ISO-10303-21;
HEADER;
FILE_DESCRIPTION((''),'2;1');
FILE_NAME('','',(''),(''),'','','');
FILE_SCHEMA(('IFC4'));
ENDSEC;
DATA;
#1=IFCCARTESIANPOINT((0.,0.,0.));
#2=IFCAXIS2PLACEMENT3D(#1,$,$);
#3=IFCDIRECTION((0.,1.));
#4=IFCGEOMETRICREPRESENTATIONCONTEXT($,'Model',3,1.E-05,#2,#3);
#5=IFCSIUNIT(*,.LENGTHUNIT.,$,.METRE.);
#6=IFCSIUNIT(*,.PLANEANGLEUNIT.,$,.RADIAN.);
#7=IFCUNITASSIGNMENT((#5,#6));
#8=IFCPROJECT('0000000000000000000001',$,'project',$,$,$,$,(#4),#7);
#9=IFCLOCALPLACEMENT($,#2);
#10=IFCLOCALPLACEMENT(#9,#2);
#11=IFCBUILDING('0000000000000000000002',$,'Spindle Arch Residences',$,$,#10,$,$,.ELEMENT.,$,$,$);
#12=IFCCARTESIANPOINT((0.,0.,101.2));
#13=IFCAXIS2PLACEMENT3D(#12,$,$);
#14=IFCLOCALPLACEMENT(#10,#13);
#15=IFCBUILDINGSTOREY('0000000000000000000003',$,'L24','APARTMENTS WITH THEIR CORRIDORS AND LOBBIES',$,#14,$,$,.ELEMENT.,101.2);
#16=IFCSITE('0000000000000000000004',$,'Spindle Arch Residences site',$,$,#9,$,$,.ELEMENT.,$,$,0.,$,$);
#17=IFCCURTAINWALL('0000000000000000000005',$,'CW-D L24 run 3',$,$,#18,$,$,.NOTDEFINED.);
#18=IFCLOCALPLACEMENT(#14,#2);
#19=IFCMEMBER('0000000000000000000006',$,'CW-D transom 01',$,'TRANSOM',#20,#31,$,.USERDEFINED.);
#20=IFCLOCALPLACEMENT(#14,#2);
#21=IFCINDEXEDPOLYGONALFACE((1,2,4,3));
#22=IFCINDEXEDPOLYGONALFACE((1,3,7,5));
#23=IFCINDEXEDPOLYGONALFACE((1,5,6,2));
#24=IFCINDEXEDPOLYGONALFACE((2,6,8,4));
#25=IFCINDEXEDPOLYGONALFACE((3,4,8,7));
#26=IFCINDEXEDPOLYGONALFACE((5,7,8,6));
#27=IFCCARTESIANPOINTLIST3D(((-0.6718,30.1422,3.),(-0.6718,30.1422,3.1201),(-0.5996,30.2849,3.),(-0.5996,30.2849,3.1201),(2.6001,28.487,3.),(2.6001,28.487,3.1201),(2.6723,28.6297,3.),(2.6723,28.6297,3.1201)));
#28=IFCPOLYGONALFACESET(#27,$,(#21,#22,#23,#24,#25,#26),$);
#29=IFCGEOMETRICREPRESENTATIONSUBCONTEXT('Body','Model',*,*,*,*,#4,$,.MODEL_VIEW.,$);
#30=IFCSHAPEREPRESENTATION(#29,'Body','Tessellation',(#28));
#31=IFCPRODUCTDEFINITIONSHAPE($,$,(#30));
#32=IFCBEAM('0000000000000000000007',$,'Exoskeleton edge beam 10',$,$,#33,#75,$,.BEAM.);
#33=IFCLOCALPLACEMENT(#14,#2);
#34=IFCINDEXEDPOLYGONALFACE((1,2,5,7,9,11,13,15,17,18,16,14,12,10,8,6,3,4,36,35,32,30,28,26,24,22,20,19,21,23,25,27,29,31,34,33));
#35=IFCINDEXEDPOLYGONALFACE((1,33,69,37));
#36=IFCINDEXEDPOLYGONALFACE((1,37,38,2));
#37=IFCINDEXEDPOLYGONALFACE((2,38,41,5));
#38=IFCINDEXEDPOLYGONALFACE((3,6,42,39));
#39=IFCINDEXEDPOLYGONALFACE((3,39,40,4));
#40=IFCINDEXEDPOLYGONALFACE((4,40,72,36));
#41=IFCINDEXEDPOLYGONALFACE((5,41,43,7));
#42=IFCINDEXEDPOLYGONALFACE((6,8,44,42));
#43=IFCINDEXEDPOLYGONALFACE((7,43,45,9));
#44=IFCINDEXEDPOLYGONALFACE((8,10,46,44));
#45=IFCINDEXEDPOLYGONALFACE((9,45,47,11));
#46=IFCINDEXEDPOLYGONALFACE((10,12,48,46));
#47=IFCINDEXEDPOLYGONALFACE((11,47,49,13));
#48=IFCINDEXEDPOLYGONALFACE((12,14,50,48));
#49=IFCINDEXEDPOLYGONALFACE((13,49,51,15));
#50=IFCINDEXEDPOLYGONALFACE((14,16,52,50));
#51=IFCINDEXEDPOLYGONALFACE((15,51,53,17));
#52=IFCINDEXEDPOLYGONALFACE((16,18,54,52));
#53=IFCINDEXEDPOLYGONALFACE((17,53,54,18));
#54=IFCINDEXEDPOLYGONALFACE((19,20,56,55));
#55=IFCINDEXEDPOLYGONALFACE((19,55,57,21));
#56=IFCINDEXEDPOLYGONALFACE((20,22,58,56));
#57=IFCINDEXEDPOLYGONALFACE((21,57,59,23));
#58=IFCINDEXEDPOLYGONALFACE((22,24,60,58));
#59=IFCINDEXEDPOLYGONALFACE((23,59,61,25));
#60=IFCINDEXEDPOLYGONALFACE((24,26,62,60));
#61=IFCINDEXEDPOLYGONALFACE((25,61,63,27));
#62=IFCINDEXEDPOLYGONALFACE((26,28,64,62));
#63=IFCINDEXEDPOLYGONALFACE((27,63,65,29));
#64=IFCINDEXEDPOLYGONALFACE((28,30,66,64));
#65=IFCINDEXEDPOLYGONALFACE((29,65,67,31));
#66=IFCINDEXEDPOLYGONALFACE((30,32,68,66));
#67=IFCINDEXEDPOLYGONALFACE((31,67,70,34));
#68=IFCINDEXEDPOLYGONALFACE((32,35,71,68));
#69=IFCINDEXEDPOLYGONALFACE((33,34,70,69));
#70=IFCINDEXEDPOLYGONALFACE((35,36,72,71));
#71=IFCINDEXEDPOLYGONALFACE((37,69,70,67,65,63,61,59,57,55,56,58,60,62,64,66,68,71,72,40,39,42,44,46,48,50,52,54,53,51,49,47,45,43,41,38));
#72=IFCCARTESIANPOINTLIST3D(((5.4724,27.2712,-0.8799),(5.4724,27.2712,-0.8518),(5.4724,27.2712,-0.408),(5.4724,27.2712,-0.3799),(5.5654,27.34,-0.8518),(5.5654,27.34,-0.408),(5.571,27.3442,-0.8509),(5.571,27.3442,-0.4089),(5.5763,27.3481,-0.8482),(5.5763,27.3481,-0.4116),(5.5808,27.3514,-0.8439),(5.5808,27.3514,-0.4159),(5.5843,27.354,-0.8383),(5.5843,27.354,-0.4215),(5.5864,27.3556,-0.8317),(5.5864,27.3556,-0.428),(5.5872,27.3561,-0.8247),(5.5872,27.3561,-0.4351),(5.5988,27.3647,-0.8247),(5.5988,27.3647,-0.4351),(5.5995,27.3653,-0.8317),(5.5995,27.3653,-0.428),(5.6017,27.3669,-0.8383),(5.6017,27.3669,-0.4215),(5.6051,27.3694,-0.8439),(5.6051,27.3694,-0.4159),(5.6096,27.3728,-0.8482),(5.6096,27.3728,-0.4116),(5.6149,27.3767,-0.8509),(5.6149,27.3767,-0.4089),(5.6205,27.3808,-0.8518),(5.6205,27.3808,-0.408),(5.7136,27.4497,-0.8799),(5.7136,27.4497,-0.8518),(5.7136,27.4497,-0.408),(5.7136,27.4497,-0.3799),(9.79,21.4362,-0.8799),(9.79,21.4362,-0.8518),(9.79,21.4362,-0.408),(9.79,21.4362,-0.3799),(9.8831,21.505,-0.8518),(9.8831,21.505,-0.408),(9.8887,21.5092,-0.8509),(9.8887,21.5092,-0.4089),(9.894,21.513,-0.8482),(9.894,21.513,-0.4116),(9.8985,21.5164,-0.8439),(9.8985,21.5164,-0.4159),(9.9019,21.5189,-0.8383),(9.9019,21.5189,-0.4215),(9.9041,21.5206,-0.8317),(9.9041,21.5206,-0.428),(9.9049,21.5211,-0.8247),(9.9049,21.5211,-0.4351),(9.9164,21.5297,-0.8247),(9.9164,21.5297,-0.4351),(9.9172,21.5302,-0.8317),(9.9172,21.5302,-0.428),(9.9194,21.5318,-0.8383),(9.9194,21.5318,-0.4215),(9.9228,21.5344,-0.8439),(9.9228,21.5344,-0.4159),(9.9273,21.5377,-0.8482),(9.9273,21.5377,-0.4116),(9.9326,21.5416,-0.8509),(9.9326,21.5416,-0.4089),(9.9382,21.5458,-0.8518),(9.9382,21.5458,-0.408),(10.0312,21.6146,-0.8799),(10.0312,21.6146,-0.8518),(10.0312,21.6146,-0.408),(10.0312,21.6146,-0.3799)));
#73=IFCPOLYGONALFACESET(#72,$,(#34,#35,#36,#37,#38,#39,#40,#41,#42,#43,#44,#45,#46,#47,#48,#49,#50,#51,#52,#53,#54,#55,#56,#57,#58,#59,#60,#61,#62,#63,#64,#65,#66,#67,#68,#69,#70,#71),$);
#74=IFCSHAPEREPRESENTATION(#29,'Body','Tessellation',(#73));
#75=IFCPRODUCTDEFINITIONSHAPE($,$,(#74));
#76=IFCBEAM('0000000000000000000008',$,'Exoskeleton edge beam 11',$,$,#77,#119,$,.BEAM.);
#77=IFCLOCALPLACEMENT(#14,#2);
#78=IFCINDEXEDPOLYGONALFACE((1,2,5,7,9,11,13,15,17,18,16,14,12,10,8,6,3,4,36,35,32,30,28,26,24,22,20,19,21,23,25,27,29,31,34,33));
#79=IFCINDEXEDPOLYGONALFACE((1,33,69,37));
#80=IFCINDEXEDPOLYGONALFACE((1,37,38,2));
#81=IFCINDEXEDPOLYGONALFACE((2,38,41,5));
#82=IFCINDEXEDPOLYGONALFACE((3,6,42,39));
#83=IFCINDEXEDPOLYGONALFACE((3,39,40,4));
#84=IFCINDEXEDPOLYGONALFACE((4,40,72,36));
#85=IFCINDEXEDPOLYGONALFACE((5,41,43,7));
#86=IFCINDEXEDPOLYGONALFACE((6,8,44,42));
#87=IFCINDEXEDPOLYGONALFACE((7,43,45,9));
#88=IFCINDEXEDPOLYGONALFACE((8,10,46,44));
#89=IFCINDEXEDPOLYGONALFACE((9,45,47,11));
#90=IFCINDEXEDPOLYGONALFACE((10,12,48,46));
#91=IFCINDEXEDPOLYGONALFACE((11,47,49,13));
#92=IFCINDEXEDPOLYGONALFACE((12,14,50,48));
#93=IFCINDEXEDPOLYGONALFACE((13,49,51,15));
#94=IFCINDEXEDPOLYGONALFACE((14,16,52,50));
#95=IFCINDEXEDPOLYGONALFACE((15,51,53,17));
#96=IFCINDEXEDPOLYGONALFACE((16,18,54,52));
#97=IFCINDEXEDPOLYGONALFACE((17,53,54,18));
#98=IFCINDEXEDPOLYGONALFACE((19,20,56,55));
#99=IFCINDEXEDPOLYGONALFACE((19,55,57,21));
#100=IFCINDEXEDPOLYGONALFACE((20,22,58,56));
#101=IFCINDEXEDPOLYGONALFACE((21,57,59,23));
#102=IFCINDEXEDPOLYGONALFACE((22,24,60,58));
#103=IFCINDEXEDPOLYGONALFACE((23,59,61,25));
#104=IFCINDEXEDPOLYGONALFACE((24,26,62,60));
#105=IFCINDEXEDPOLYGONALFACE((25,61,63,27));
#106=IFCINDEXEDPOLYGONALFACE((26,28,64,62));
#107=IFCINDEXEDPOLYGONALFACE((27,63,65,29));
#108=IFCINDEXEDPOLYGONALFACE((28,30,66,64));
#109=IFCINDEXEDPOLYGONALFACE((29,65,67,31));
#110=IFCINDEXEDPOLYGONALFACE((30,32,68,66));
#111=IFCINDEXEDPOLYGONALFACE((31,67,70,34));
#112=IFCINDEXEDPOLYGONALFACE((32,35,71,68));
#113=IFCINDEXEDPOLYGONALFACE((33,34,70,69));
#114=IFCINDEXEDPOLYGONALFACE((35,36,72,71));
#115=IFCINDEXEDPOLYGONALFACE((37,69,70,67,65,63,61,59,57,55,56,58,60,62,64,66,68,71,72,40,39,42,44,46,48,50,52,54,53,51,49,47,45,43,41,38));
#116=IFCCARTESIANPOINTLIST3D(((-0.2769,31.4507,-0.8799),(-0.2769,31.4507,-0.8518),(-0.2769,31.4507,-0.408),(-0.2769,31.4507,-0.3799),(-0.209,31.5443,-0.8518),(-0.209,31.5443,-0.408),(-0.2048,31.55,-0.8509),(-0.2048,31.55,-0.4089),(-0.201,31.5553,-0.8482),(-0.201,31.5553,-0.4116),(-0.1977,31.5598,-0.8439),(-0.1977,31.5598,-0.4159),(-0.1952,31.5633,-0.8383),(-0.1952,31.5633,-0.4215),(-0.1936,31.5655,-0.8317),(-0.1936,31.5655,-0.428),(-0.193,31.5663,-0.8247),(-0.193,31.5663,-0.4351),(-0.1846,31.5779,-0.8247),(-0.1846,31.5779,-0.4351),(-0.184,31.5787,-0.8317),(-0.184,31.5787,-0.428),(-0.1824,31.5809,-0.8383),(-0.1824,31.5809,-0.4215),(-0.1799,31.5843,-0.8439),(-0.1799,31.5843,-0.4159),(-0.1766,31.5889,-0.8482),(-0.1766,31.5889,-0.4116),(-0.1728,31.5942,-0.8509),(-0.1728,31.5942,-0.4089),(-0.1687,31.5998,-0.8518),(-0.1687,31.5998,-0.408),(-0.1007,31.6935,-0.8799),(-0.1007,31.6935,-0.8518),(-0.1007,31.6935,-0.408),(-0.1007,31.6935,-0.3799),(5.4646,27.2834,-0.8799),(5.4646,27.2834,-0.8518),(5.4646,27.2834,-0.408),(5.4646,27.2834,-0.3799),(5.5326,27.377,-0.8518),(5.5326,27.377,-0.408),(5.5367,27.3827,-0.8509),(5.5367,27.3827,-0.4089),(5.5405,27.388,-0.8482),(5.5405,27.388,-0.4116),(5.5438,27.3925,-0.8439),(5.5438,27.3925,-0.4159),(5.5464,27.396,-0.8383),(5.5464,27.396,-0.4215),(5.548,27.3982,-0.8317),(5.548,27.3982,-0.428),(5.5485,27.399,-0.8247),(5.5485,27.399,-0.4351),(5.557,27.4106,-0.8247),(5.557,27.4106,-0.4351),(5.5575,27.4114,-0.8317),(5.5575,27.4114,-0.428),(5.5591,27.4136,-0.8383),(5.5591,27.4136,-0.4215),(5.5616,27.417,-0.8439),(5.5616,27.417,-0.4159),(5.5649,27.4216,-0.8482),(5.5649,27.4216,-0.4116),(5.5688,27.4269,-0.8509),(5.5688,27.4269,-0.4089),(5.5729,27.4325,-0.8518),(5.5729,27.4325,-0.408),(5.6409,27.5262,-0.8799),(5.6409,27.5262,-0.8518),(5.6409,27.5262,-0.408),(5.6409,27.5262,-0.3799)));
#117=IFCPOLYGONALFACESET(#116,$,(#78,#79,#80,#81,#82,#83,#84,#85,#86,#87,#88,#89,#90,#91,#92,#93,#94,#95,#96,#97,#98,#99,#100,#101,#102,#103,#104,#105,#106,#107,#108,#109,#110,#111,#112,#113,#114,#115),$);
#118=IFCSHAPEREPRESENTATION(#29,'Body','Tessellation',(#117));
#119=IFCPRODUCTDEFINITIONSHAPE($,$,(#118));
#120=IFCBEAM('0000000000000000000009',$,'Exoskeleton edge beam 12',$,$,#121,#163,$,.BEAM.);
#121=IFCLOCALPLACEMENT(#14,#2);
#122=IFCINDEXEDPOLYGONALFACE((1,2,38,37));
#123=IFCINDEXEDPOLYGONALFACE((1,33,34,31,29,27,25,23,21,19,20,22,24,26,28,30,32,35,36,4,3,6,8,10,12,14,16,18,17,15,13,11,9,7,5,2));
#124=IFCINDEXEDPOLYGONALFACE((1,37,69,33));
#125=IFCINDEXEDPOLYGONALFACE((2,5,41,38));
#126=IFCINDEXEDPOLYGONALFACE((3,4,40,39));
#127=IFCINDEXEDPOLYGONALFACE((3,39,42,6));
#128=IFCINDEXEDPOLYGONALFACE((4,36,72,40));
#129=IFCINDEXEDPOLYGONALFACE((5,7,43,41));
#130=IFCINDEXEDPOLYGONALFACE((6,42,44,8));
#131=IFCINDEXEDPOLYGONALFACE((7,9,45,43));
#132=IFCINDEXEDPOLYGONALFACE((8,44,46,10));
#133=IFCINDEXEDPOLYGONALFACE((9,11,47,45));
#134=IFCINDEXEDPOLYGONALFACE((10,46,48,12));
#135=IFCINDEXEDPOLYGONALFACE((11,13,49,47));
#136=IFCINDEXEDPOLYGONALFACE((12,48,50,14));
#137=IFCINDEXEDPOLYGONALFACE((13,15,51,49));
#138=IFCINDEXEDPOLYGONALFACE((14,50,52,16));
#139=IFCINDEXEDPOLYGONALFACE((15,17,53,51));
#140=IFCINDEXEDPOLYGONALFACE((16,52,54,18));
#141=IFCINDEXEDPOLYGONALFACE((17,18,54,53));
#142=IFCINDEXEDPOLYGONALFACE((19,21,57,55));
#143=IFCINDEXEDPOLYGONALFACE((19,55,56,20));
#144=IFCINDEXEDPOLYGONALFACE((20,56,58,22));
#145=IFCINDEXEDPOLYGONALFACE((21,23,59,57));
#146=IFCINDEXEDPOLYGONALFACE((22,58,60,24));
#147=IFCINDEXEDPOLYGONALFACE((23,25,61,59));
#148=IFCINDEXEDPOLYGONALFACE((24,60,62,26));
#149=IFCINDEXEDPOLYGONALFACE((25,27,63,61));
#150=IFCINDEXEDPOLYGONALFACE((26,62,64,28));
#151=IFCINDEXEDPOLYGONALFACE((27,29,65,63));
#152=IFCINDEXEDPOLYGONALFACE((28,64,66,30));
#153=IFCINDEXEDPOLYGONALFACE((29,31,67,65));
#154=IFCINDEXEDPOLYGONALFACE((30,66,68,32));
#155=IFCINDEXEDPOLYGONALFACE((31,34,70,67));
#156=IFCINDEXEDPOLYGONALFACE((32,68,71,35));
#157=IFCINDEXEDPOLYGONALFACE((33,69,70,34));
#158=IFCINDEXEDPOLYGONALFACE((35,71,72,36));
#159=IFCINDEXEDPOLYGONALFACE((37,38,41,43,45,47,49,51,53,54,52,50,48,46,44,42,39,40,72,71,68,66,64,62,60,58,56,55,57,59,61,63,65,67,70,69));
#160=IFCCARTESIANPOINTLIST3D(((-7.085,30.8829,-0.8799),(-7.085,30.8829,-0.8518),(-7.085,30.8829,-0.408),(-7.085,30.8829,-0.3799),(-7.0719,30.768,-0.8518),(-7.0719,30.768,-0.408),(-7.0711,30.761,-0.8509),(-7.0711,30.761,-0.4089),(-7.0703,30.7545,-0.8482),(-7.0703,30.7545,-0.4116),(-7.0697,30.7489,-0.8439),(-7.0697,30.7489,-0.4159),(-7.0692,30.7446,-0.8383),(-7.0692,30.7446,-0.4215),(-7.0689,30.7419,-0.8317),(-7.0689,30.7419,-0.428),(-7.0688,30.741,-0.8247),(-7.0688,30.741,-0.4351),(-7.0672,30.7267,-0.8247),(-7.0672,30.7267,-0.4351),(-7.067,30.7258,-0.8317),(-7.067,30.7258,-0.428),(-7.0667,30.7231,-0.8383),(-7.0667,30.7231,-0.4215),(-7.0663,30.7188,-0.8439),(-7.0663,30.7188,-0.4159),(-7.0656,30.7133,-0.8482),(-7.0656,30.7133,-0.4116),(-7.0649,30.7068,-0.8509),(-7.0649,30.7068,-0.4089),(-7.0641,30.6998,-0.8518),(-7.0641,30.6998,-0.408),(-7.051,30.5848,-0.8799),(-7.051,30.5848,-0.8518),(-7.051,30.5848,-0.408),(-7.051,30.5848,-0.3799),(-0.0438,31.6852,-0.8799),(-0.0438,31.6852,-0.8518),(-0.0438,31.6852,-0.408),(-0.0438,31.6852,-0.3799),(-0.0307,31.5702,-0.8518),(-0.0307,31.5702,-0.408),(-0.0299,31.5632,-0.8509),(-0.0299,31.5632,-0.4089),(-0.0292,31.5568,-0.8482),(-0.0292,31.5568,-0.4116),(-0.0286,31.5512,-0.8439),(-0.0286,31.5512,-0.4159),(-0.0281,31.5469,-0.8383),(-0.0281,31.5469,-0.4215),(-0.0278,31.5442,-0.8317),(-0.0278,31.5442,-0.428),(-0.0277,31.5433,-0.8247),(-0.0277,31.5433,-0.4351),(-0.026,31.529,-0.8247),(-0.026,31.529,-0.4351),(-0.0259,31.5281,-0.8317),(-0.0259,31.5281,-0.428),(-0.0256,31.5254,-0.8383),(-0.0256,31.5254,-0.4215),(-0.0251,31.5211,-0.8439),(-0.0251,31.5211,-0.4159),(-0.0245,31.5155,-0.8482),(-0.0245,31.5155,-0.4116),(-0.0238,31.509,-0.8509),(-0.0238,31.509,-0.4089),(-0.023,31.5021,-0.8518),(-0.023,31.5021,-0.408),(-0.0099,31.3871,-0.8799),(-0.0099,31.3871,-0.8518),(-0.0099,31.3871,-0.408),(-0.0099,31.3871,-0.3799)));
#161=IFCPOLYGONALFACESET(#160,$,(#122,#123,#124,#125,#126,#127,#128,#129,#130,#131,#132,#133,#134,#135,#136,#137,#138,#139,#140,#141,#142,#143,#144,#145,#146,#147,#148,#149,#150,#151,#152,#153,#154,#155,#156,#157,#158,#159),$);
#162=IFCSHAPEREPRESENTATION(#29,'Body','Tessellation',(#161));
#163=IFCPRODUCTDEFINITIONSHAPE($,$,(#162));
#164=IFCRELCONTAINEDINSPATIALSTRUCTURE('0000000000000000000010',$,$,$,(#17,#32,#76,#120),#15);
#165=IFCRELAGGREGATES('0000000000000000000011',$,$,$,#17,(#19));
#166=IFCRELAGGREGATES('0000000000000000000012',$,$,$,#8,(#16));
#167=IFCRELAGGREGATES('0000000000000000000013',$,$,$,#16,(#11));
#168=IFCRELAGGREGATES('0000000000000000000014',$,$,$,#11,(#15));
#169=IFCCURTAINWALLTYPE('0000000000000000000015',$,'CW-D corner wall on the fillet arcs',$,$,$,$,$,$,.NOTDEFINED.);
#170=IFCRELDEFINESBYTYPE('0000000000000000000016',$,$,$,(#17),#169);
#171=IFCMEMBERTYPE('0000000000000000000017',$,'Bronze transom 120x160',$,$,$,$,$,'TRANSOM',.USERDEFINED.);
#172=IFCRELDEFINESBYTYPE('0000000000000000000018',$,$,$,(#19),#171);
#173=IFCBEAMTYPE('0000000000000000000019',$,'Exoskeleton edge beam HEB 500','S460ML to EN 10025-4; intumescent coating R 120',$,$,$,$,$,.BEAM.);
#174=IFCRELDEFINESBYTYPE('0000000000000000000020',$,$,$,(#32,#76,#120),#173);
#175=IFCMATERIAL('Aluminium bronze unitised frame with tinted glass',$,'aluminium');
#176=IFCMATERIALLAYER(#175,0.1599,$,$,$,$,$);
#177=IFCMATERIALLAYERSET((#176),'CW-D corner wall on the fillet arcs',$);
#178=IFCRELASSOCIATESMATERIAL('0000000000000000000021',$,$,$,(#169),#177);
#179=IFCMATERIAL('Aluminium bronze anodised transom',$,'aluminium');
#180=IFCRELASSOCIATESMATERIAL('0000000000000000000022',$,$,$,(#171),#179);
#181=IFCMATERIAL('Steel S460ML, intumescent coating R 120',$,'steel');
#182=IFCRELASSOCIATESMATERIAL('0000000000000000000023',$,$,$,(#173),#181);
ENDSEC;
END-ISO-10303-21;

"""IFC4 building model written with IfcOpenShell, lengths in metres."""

from ifc_helpers import new_model, si_unit, direction, frame, origin, origin_2d, place, context, subcontext, project, spatial, rectangle, i_section, extrude, material, layer, layer_set, material_profile, profile_set, type_object, element, aggregate, save


model = new_model("IFC4")

# Units and contexts
model_context = context("Model", 3, precision=1e-05, world=origin(), true_north=direction((0.0, 1.0)))
body_context = subcontext(model_context, "Body", "Model", "MODEL_VIEW")
ifc_project = project(units=[si_unit("LENGTHUNIT", "METRE"), si_unit("PLANEANGLEUNIT", "RADIAN")], contexts=[model_context])

# Site, building, storey
site_placement = place(None, origin())
site = spatial("IfcSite", under=ifc_project, at=site_placement, Name="Spindle Arch Residences site", CompositionType="ELEMENT", RefElevation=0.0)
building_placement = place(site_placement, origin())
building = spatial("IfcBuilding", under=site, at=building_placement, Name="Spindle Arch Residences", CompositionType="ELEMENT")
storey_placement = place(building_placement, frame((0.0, 0.0, 101.2)))
storey = spatial("IfcBuildingStorey", under=building, at=storey_placement, Name="L24", Description="APARTMENTS WITH THEIR CORRIDORS AND LOBBIES", CompositionType="ELEMENT", Elevation=101.2)

# Curtain wall, member
ifc_material_1 = material(Name="Aluminium bronze unitised frame with tinted glass", Category="aluminium")
ifc_layer_1 = layer(ifc_material_1, 0.1599)
ifc_layer_set_1 = layer_set([ifc_layer_1], Name="CW-D corner wall on the fillet arcs")
curtain_wall_type_1 = type_object("IfcCurtainWallType", Name="CW-D corner wall on the fillet arcs", PredefinedType="NOTDEFINED", material=ifc_layer_set_1)
curtain_wall_1_placement = place(storey_placement, origin())
curtain_wall_1 = element("IfcCurtainWall", 1, at=curtain_wall_1_placement, inside=storey, type_object=curtain_wall_type_1, Name="CW-D L24 run 3", PredefinedType="NOTDEFINED")
ifc_material_2 = material(Name="Aluminium bronze anodised transom", Category="aluminium")
ifc_material_profile_1 = material_profile(ifc_material_2, rectangle(XDim=0.1599, YDim=0.1201, at=origin_2d()), Name="TR 120x160")
ifc_profile_set_1 = profile_set([ifc_material_profile_1], Name="Aluminium bronze anodised transom")
member_type_1 = type_object("IfcMemberType", Name="Bronze transom 120x160", ElementType="TRANSOM", PredefinedType="USERDEFINED", material=ifc_profile_set_1)
member_1_placement = place(storey_placement, frame((2.6362, 28.5583, 3.0601), z_axis=(-0.892313, 0.451417, 0.0), x_axis=(-0.451417, -0.892313, 0.0)))
member_1 = element("IfcMember", 2, at=member_1_placement, type_object=member_type_1, Name="CW-D transom 01", ObjectType="TRANSOM", PredefinedType="USERDEFINED", context=body_context, shape_type="SweptSolid", body=[
    extrude(rectangle(XDim=0.1599, YDim=0.1201, at=origin_2d()), origin(), (0.0, 0.0, 1.0), 3.6667),
])

# Beams
ifc_material_3 = material(Name="Steel S460ML, intumescent coating R 120", Category="steel")
ifc_material_profile_2 = material_profile(ifc_material_3, i_section(OverallWidth=0.3, OverallDepth=0.5, WebThickness=0.0144, FlangeThickness=0.0281, FilletRadius=0.0271, at=origin_2d()), Name="HEB 500")
ifc_profile_set_2 = profile_set([ifc_material_profile_2], Name="Steel S460ML, intumescent coating R 120")
beam_type_1 = type_object("IfcBeamType", Name="Exoskeleton edge beam HEB 500", Description="S460ML to EN 10025-4; intumescent coating R 120", PredefinedType="BEAM", material=ifc_profile_set_2)
beam_1_placement = place(storey_placement, frame((9.9106, 21.5254, -0.6299), z_axis=(-0.594821, 0.803858, 0.0), x_axis=(-0.803858, -0.594821, 0.0)))
element("IfcBeam", 3, at=beam_1_placement, inside=storey, type_object=beam_type_1, Name="Exoskeleton edge beam 10", PredefinedType="BEAM", context=body_context, shape_type="SweptSolid", body=[
    extrude(i_section(OverallWidth=0.3, OverallDepth=0.5, WebThickness=0.0144, FlangeThickness=0.0281, FilletRadius=0.0271, at=origin_2d()), origin(), (0.0, 0.0, 1.0), 7.2588),
])
beam_2_placement = place(storey_placement, frame((5.5527, 27.4048, -0.6299), z_axis=(-0.809297, 0.5874, 0.0), x_axis=(-0.5874, -0.809297, 0.0)))
element("IfcBeam", 4, at=beam_2_placement, inside=storey, type_object=beam_type_1, Name="Exoskeleton edge beam 11", PredefinedType="BEAM", context=body_context, shape_type="SweptSolid", body=[
    extrude(i_section(OverallWidth=0.3, OverallDepth=0.5, WebThickness=0.0144, FlangeThickness=0.0281, FilletRadius=0.0271, at=origin_2d()), origin(), (0.0, 0.0, 1.0), 7.0945),
])
beam_3_placement = place(storey_placement, frame((-0.0269, 31.5361, -0.6299), z_axis=(-0.993571, -0.113207, 0.0), x_axis=(0.113207, -0.993571, 0.0)))
element("IfcBeam", 5, at=beam_3_placement, inside=storey, type_object=beam_type_1, Name="Exoskeleton edge beam 12", PredefinedType="BEAM", context=body_context, shape_type="SweptSolid", body=[
    extrude(i_section(OverallWidth=0.3, OverallDepth=0.5, WebThickness=0.0144, FlangeThickness=0.0281, FilletRadius=0.0271, at=origin_2d()), origin(), (0.0, 0.0, 1.0), 7.0867),
])

aggregate(curtain_wall_1, [member_1])

save(model, "model.ifc")
